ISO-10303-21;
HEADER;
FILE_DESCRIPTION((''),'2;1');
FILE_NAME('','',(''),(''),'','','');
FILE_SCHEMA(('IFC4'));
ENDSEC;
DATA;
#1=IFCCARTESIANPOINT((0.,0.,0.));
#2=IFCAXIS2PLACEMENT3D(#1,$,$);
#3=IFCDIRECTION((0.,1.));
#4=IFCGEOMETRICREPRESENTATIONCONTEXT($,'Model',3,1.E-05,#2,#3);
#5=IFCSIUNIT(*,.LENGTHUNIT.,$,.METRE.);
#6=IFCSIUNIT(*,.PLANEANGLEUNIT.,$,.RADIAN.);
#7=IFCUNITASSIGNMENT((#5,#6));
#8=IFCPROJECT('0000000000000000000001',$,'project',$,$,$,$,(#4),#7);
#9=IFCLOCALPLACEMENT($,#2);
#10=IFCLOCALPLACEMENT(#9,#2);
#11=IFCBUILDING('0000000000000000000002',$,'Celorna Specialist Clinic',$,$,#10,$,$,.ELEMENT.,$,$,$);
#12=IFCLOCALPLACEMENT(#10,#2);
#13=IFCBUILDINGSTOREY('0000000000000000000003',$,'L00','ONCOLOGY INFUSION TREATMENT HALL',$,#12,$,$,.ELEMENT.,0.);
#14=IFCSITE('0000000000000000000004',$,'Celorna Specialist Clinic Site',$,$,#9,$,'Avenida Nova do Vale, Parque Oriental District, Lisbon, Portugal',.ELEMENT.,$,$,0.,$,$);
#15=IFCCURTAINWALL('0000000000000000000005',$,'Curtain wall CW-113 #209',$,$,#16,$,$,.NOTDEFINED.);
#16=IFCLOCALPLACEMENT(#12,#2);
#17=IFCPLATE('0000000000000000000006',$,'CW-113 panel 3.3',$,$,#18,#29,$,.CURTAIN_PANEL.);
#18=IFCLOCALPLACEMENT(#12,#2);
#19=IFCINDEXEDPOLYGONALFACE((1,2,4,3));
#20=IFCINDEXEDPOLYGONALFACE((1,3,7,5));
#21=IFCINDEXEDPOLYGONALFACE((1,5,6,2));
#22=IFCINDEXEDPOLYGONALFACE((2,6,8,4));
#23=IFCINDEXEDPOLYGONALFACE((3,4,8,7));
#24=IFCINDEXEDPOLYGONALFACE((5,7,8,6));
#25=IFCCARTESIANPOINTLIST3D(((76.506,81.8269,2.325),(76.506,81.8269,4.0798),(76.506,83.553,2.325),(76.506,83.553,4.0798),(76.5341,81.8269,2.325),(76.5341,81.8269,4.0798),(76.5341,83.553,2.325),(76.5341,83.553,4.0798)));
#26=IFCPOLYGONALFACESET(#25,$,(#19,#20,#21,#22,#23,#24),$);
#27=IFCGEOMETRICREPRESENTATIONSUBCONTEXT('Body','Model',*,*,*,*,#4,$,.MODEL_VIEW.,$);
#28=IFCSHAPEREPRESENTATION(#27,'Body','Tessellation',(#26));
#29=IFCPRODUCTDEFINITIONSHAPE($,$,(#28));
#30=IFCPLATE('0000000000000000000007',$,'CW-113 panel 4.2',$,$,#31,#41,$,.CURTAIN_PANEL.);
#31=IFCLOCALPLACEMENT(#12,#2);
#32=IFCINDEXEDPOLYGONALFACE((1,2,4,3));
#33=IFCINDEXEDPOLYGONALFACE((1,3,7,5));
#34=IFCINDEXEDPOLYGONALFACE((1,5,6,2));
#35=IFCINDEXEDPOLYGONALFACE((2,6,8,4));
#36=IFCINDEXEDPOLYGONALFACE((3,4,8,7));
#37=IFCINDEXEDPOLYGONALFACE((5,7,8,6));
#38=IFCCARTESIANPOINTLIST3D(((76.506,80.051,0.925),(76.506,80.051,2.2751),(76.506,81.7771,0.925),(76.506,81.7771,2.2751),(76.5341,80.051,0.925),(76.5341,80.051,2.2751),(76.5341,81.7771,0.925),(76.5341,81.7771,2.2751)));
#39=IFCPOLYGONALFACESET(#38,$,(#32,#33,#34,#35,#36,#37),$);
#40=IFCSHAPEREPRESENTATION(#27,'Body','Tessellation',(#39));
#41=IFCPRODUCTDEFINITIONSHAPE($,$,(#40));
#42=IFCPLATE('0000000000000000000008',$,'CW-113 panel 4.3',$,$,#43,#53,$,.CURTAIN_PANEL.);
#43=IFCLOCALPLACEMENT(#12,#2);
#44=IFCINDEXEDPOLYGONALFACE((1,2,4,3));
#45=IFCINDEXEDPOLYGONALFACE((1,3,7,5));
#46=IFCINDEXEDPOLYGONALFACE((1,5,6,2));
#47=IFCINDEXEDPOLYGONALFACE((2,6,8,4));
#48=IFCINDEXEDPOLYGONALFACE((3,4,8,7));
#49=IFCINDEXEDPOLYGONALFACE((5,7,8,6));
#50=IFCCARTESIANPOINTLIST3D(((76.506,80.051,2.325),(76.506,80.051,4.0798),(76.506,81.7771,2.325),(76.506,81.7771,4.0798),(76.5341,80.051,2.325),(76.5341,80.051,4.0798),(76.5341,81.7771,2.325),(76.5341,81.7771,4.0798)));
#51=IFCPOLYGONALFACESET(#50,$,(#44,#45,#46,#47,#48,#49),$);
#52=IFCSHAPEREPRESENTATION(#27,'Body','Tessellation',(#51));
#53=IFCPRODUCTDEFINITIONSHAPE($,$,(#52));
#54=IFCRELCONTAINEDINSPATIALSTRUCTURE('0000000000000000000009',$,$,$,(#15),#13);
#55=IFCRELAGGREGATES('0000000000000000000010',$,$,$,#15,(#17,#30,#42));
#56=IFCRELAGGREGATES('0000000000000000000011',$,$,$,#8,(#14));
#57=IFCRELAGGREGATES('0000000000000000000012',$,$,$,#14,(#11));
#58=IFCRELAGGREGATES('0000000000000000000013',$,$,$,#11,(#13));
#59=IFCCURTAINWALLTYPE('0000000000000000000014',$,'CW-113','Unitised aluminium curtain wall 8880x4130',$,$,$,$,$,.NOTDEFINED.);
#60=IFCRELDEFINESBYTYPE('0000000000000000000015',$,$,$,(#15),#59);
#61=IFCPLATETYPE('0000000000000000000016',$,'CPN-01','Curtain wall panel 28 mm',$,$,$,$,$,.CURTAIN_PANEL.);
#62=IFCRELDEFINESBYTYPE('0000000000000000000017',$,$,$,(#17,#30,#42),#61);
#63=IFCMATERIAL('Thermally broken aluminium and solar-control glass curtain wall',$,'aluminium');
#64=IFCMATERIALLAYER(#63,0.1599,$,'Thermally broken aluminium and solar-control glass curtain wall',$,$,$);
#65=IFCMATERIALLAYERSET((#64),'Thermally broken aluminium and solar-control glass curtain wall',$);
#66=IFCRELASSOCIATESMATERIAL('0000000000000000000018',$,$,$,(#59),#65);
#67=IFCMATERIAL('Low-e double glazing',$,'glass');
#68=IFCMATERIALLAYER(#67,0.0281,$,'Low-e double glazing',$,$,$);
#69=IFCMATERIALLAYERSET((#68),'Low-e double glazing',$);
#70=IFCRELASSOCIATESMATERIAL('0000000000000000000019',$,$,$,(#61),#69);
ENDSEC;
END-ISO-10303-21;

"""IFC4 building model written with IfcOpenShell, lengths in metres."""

from ifc_helpers import new_model, si_unit, direction, frame, origin, origin_2d, place, context, subcontext, project, spatial, rectangle, extrude, material, layer, layer_set, type_object, element, aggregate, save


model = new_model("IFC4")

# Units and contexts
model_context = context("Model", 3, precision=1e-05, world=origin(), true_north=direction((0.0, 1.0)))
body_context = subcontext(model_context, "Body", "Model", "MODEL_VIEW")
ifc_project = project(units=[si_unit("LENGTHUNIT", "METRE"), si_unit("PLANEANGLEUNIT", "RADIAN")], contexts=[model_context])

# Site, building, storey
site_placement = place(None, origin())
site = spatial("IfcSite", under=ifc_project, at=site_placement, Name="Celorna Specialist Clinic Site", LongName="Avenida Nova do Vale, Parque Oriental District, Lisbon, Portugal", CompositionType="ELEMENT", RefElevation=0.0)
building_placement = place(site_placement, origin())
building = spatial("IfcBuilding", under=site, at=building_placement, Name="Celorna Specialist Clinic", CompositionType="ELEMENT")
storey_placement = place(building_placement, origin())
storey = spatial("IfcBuildingStorey", under=building, at=storey_placement, Name="L00", Description="ONCOLOGY INFUSION TREATMENT HALL", CompositionType="ELEMENT", Elevation=0.0)

# Curtain wall
ifc_material_1 = material(Name="Thermally broken aluminium and solar-control glass curtain wall", Category="aluminium")
ifc_layer_1 = layer(ifc_material_1, 0.1599, Name="Thermally broken aluminium and solar-control glass curtain wall")
ifc_layer_set_1 = layer_set([ifc_layer_1], Name="Thermally broken aluminium and solar-control glass curtain wall")
curtain_wall_type = type_object("IfcCurtainWallType", Name="CW-113", Description="Unitised aluminium curtain wall 8880x4130", PredefinedType="NOTDEFINED", material=ifc_layer_set_1)
curtain_wall_1_placement = place(storey_placement, origin())
curtain_wall_1 = element("IfcCurtainWall", 1, at=curtain_wall_1_placement, inside=storey, type_object=curtain_wall_type, Name="Curtain wall CW-113 #209", PredefinedType="NOTDEFINED")

# Plates
ifc_material_2 = material(Name="Low-e double glazing", Category="glass")
ifc_layer_2 = layer(ifc_material_2, 0.0281, Name="Low-e double glazing")
ifc_layer_set_2 = layer_set([ifc_layer_2], Name="Low-e double glazing")
plate_type = type_object("IfcPlateType", Name="CPN-01", Description="Curtain wall panel 28 mm", PredefinedType="CURTAIN_PANEL", material=ifc_layer_set_2)
plate_1_placement = place(storey_placement, frame((76.52, 82.6899, 2.325), z_axis=(0.0, 0.0, 1.0), x_axis=(0.0, -1.0, 0.0)))
plate_1 = element("IfcPlate", 2, at=plate_1_placement, type_object=plate_type, Name="CW-113 panel 3.3", PredefinedType="CURTAIN_PANEL", context=body_context, shape_type="SweptSolid", body=[
    extrude(rectangle(XDim=1.7261, YDim=0.0281, at=origin_2d()), origin(), (0.0, 0.0, 1.0), 1.7549),
])
plate_2_placement = place(storey_placement, frame((76.52, 80.9141, 0.925), z_axis=(0.0, 0.0, 1.0), x_axis=(0.0, -1.0, 0.0)))
plate_2 = element("IfcPlate", 3, at=plate_2_placement, type_object=plate_type, Name="CW-113 panel 4.2", PredefinedType="CURTAIN_PANEL", context=body_context, shape_type="SweptSolid", body=[
    extrude(rectangle(XDim=1.7261, YDim=0.0281, at=origin_2d()), origin(), (0.0, 0.0, 1.0), 1.3501),
])
plate_3_placement = place(storey_placement, frame((76.52, 80.9141, 2.325), z_axis=(0.0, 0.0, 1.0), x_axis=(0.0, -1.0, 0.0)))
plate_3 = element("IfcPlate", 4, at=plate_3_placement, type_object=plate_type, Name="CW-113 panel 4.3", PredefinedType="CURTAIN_PANEL", context=body_context, shape_type="SweptSolid", body=[
    extrude(rectangle(XDim=1.7261, YDim=0.0281, at=origin_2d()), origin(), (0.0, 0.0, 1.0), 1.7549),
])
aggregate(curtain_wall_1, [plate_1, plate_2, plate_3])

save(model, "model.ifc")
